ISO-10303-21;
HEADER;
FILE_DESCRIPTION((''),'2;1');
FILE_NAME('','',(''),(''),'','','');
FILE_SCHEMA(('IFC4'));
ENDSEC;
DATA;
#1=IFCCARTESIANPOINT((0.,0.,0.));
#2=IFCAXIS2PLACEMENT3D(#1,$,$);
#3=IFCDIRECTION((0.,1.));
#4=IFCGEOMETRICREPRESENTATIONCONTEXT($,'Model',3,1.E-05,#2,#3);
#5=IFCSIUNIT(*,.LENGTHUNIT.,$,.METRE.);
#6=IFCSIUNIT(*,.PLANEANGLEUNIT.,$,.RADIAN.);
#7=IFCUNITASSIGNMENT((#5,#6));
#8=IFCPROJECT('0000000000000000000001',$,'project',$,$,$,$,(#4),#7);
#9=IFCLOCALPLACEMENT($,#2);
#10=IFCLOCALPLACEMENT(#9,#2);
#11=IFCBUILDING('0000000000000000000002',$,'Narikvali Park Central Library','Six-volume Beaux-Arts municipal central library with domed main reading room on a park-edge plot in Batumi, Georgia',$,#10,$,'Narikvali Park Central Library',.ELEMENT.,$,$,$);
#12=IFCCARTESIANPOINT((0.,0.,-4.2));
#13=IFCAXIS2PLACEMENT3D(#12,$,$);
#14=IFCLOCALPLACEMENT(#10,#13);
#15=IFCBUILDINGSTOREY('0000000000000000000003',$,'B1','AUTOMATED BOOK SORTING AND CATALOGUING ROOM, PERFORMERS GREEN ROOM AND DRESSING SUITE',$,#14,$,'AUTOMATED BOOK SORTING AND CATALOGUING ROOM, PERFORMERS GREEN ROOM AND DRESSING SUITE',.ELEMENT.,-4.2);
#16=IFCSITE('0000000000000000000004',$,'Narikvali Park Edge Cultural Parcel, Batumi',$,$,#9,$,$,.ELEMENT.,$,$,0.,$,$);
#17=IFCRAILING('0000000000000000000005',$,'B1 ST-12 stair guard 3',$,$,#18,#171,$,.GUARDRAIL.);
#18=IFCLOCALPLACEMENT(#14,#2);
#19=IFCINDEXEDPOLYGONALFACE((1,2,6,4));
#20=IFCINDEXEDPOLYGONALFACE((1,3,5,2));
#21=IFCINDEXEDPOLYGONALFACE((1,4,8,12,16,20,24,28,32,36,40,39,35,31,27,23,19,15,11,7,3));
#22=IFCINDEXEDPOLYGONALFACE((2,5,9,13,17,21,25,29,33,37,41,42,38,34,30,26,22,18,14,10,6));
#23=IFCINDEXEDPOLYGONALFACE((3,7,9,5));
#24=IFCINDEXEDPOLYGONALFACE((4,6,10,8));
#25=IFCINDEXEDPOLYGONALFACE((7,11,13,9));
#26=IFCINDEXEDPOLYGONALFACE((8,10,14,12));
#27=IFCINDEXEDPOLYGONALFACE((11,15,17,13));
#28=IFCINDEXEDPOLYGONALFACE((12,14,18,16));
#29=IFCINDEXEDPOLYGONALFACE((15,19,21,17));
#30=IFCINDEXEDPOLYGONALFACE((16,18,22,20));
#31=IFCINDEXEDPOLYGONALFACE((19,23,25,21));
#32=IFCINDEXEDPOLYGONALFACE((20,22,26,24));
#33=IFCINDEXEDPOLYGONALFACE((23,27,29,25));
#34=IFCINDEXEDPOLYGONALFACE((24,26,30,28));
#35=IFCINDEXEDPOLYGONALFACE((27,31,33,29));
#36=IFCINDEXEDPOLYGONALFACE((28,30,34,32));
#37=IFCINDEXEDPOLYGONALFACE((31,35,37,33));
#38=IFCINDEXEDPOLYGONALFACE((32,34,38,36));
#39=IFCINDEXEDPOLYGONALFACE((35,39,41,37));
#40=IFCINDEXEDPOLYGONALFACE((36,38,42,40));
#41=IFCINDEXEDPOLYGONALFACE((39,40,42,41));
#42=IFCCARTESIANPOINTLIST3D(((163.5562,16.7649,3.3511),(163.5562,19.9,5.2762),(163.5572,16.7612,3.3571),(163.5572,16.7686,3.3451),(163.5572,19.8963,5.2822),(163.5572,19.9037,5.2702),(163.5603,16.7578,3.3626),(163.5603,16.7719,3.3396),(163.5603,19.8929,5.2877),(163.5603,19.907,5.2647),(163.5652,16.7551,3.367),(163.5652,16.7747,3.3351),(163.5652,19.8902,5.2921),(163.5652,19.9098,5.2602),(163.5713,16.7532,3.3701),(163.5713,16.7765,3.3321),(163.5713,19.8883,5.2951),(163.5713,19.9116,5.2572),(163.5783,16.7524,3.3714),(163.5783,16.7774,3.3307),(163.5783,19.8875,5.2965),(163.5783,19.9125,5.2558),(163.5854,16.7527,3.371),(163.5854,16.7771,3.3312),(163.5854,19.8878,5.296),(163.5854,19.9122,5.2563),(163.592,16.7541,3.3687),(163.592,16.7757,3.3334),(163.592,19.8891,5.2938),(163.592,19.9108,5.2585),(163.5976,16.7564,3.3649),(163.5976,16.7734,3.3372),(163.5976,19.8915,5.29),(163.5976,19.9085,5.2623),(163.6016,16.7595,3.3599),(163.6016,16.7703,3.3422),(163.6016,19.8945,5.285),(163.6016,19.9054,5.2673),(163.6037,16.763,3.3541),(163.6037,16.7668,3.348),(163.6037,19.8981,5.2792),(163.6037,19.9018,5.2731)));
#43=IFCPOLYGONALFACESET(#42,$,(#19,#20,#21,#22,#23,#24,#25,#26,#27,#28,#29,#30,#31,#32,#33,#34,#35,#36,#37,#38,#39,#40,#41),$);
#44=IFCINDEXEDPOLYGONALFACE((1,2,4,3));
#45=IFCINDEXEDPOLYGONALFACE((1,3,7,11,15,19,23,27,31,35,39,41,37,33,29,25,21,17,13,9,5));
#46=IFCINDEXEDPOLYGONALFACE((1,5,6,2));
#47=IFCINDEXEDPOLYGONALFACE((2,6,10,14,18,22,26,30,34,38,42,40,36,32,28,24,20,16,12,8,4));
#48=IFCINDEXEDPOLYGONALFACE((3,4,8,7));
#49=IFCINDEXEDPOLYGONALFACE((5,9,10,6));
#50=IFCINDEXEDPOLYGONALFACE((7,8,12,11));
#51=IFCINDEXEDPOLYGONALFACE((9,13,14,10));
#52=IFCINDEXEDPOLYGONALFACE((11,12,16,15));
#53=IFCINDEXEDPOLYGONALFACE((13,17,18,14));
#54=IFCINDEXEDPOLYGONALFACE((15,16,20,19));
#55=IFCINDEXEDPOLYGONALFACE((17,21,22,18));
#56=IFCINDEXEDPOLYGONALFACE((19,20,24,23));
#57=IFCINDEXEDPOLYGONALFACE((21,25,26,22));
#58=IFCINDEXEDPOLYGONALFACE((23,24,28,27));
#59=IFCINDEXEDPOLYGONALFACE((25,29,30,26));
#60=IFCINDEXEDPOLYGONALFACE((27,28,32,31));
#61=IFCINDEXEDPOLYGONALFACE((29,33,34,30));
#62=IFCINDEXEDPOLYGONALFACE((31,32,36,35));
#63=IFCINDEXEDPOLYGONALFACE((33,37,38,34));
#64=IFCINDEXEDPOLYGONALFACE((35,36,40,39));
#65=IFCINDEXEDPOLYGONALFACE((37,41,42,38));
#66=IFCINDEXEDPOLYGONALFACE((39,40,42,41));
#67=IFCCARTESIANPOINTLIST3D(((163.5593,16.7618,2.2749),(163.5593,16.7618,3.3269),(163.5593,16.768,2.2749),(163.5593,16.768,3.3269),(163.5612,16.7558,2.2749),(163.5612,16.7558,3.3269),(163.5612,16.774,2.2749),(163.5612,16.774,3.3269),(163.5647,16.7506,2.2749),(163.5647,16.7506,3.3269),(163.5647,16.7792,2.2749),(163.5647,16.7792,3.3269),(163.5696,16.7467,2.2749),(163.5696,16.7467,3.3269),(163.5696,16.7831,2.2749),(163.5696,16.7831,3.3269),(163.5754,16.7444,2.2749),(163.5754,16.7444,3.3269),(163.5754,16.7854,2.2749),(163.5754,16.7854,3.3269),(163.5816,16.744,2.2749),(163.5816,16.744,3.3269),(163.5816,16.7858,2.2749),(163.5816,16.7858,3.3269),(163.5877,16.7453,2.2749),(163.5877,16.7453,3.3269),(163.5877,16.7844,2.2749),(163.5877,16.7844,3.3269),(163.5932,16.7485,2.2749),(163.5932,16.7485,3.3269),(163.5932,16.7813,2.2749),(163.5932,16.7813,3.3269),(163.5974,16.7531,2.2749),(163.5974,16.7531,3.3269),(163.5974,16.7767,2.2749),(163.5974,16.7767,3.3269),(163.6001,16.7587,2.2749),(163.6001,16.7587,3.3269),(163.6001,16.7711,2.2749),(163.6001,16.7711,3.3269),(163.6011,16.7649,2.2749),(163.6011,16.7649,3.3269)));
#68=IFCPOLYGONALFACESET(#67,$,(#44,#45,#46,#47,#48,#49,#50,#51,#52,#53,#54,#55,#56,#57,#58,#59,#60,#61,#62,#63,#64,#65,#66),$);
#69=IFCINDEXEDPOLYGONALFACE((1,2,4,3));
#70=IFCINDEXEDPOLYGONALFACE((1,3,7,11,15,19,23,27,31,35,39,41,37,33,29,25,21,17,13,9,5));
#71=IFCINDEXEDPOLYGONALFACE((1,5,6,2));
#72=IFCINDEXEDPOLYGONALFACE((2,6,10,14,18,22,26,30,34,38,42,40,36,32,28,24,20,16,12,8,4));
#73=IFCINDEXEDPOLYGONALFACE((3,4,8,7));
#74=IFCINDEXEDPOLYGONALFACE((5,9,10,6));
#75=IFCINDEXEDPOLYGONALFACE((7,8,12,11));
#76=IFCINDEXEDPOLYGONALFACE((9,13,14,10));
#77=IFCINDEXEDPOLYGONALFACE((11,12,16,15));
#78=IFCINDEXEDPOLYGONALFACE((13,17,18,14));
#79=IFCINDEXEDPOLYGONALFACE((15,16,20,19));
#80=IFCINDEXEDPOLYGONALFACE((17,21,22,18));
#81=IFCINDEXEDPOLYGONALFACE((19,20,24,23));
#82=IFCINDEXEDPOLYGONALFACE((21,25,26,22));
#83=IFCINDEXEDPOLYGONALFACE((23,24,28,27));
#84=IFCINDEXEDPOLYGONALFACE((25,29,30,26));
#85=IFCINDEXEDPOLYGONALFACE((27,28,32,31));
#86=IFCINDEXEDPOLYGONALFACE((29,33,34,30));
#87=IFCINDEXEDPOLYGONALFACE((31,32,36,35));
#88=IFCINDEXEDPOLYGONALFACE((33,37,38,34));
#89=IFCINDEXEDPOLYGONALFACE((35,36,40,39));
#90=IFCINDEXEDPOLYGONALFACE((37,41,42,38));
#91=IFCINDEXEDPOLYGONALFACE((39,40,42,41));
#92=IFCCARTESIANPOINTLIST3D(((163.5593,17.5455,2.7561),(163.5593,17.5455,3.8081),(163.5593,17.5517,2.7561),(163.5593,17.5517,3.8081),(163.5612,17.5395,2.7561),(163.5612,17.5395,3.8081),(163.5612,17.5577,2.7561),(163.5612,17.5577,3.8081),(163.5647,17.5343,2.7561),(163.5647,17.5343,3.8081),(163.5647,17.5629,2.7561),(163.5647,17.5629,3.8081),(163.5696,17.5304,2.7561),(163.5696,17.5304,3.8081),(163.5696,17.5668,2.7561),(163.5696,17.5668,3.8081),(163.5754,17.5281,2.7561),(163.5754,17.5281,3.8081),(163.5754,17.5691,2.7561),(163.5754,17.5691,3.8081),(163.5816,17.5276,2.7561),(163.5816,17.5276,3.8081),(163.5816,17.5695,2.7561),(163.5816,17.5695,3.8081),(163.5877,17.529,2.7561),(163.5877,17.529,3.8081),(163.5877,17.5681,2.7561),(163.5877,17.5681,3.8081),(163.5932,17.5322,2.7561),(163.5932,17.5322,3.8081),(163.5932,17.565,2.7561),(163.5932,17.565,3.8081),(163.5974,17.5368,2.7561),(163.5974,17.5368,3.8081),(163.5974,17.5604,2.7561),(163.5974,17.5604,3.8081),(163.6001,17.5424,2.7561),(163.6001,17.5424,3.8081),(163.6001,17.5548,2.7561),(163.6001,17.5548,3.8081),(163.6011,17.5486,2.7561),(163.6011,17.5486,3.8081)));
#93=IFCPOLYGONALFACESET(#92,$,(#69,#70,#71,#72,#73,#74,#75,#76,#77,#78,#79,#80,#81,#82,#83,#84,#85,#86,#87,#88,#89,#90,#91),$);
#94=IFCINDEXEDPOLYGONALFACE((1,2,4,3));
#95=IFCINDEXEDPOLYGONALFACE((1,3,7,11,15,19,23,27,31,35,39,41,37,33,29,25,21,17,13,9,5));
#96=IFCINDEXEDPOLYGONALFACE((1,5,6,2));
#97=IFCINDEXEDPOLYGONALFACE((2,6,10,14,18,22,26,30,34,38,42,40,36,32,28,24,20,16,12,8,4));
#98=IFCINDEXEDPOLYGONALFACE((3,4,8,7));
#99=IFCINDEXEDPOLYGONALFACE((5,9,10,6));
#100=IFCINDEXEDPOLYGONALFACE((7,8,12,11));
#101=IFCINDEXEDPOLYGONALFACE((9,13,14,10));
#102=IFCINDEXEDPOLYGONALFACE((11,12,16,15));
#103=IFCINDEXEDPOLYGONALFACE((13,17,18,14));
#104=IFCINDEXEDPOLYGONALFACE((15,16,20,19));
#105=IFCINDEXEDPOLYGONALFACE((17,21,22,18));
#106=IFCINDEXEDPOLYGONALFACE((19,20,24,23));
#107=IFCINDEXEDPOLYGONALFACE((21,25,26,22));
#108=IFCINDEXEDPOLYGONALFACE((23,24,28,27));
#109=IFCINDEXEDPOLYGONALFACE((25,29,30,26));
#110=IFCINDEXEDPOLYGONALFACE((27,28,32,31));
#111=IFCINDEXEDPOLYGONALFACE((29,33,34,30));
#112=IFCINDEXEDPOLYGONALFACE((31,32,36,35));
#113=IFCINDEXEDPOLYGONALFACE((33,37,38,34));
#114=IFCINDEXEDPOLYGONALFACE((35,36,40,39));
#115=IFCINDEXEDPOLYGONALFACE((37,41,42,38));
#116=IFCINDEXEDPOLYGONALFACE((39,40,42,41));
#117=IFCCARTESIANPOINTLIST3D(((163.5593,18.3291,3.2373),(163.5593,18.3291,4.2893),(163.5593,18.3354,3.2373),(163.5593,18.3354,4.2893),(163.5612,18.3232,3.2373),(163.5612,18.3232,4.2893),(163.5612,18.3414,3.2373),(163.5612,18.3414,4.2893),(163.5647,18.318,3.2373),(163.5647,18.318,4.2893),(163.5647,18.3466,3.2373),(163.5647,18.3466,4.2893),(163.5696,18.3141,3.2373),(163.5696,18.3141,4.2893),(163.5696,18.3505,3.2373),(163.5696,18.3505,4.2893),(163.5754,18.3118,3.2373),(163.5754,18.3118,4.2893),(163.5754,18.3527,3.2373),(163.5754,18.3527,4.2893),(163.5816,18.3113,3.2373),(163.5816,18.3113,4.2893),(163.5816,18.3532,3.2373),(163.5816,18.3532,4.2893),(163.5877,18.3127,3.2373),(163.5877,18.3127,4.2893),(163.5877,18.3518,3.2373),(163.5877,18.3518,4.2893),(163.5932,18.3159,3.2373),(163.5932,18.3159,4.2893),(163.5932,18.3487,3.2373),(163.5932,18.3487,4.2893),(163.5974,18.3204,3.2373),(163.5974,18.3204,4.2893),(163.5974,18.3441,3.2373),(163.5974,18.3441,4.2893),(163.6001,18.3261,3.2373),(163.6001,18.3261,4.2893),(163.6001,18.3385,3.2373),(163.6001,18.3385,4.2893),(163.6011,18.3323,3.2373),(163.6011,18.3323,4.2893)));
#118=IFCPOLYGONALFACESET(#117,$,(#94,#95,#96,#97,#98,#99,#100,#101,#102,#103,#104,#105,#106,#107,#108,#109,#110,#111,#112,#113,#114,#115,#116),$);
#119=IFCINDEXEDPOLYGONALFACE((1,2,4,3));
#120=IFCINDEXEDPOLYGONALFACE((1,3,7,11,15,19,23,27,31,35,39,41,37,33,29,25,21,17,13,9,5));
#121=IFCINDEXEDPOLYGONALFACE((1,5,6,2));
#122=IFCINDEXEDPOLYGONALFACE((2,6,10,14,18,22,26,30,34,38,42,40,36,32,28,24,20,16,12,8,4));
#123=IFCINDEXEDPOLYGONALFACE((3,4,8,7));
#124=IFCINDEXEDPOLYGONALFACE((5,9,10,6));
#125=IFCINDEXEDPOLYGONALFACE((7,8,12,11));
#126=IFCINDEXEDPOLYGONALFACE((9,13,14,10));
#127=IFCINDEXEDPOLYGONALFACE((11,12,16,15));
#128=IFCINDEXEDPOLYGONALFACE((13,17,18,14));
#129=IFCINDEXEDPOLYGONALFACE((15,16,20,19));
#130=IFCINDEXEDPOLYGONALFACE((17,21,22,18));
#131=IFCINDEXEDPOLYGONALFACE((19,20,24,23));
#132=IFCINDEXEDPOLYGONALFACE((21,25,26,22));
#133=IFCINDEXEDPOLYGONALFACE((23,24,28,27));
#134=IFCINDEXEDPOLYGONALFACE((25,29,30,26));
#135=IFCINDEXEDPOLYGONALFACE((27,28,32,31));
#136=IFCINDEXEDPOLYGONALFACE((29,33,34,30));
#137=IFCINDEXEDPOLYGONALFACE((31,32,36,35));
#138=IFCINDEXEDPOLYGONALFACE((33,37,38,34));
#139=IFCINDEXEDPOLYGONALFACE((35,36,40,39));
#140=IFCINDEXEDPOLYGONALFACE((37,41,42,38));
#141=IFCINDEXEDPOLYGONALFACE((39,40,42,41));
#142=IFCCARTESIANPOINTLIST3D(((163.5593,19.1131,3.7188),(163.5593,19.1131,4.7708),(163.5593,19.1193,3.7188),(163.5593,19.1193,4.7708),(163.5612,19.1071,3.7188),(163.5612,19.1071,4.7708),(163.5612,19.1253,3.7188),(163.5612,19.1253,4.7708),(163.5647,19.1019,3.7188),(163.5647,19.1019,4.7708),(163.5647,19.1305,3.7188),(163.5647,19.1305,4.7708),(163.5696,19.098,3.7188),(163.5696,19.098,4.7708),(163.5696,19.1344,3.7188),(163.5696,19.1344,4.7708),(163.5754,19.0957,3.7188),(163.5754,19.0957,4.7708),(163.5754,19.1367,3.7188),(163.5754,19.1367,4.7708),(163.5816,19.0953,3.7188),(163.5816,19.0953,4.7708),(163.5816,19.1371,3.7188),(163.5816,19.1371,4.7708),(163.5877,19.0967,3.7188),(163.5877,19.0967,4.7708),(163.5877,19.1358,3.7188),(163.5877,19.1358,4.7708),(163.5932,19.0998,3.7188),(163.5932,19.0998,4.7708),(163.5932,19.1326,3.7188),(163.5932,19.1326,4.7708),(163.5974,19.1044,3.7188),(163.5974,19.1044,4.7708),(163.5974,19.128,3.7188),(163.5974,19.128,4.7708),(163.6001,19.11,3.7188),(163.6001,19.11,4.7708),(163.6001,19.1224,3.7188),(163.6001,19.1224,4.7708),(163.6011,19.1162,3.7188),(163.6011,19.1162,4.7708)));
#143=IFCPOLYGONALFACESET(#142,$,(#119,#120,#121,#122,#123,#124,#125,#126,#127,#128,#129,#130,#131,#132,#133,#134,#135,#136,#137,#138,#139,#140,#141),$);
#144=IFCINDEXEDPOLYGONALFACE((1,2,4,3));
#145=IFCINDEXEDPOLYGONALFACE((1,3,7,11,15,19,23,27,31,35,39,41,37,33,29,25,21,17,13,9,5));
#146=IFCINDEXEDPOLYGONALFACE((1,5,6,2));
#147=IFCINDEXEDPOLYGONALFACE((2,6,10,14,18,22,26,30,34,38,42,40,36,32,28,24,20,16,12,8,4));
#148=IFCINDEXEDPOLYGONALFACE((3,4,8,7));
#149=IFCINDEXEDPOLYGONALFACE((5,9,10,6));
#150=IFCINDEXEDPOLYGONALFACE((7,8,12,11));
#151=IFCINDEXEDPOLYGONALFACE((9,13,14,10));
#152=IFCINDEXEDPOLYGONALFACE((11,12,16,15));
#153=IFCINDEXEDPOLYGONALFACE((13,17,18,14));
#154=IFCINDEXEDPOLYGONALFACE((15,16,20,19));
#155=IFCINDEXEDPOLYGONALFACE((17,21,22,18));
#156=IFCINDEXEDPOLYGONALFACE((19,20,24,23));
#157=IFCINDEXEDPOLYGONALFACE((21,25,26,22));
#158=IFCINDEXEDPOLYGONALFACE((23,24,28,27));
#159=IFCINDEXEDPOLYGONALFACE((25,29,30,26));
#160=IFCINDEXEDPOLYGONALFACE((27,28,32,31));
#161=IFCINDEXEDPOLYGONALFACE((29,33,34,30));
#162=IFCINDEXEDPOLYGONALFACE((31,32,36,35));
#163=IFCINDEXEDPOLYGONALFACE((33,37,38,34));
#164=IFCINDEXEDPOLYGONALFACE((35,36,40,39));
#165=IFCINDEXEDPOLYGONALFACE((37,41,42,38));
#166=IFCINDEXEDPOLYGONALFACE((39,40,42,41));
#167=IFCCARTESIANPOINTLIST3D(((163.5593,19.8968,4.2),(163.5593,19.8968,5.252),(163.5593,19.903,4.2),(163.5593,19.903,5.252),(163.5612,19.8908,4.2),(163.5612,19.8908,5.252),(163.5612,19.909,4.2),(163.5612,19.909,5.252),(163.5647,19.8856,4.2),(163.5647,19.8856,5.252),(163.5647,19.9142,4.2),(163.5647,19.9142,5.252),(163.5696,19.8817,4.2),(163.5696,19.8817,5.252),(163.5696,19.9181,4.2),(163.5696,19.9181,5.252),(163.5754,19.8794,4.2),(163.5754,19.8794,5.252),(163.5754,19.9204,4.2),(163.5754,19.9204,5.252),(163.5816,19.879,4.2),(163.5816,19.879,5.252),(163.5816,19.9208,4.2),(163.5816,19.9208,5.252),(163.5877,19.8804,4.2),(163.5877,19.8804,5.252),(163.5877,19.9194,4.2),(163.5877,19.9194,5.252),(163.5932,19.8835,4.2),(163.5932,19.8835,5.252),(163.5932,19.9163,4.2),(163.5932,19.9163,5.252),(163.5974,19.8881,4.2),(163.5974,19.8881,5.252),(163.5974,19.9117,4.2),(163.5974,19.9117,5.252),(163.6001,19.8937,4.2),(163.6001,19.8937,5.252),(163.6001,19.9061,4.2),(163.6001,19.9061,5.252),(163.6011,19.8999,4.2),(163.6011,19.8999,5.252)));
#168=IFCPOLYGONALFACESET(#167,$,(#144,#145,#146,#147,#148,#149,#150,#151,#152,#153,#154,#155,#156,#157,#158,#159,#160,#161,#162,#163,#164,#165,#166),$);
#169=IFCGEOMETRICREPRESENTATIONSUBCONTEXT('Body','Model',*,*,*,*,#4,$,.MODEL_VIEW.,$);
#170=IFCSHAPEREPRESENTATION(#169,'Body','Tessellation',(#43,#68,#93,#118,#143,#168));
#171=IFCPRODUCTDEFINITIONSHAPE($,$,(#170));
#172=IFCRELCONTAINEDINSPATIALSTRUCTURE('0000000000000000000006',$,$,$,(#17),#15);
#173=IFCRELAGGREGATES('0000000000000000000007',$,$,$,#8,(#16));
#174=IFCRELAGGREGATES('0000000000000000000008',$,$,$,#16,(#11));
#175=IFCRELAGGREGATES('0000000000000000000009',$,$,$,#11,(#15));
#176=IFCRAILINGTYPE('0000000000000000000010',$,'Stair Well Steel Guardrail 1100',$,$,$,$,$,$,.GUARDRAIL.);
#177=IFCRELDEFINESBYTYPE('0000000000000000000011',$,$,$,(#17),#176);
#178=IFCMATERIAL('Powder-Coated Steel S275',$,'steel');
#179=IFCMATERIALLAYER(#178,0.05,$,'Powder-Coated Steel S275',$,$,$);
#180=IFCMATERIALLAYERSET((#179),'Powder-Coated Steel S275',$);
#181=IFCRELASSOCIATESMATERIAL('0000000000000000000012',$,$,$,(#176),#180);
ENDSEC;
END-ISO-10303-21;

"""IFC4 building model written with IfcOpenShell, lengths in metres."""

from ifc_helpers import new_model, si_unit, direction, frame, origin, origin_2d, place, context, subcontext, project, spatial, circle, extrude, material, layer, layer_set, type_object, element, save


model = new_model("IFC4")

# Units and contexts
model_context = context("Model", 3, precision=1e-05, world=origin(), true_north=direction((0.0, 1.0)))
body_context = subcontext(model_context, "Body", "Model", "MODEL_VIEW")
ifc_project = project(units=[si_unit("LENGTHUNIT", "METRE"), si_unit("PLANEANGLEUNIT", "RADIAN")], contexts=[model_context])

# Site, building, storey
site_placement = place(None, origin())
site = spatial("IfcSite", under=ifc_project, at=site_placement, Name="Narikvali Park Edge Cultural Parcel, Batumi", CompositionType="ELEMENT", RefElevation=0.0)
building_placement = place(site_placement, origin())
building = spatial("IfcBuilding", under=site, at=building_placement, Name="Narikvali Park Central Library", Description="Six-volume Beaux-Arts municipal central library with domed main reading room on a park-edge plot in Batumi, Georgia", LongName="Narikvali Park Central Library", CompositionType="ELEMENT")
storey_placement = place(building_placement, frame((0.0, 0.0, -4.2)))
storey = spatial("IfcBuildingStorey", under=building, at=storey_placement, Name="B1", Description="AUTOMATED BOOK SORTING AND CATALOGUING ROOM, PERFORMERS GREEN ROOM AND DRESSING SUITE", LongName="AUTOMATED BOOK SORTING AND CATALOGUING ROOM, PERFORMERS GREEN ROOM AND DRESSING SUITE", CompositionType="ELEMENT", Elevation=-4.2)

# Railing
ifc_material_1 = material(Name="Powder-Coated Steel S275", Category="steel")
ifc_layer_1 = layer(ifc_material_1, 0.05, Name="Powder-Coated Steel S275")
ifc_layer_set_1 = layer_set([ifc_layer_1], Name="Powder-Coated Steel S275")
railing_type_1 = type_object("IfcRailingType", Name="Stair Well Steel Guardrail 1100", PredefinedType="GUARDRAIL", material=ifc_layer_set_1)
railing_1_placement = place(storey_placement, frame((163.5801, 16.7649, 2.2749)))
element("IfcRailing", 1, at=railing_1_placement, inside=storey, type_object=railing_type_1, Name="B1 ST-12 stair guard 3", PredefinedType="GUARDRAIL", context=body_context, shape_type="SweptSolid", body=[
    extrude(circle(Radius=0.0239, at=origin_2d()), frame((0.0, 0.0, 1.0762), z_axis=(0.0, 0.852166, 0.523271), x_axis=(-1.0, 0.0, 0.0)), (0.0, 0.0, 1.0), 3.679),
    extrude(circle(Radius=0.021, at=origin_2d()), origin(), (0.0, 0.0, 1.0), 1.052),
    extrude(circle(Radius=0.021, at=origin_2d()), frame((0.0, 0.7837, 0.4812)), (0.0, 0.0, 1.0), 1.052),
    extrude(circle(Radius=0.021, at=origin_2d()), frame((0.0, 1.5674, 0.9624)), (0.0, 0.0, 1.0), 1.052),
    extrude(circle(Radius=0.021, at=origin_2d()), frame((0.0, 2.3513, 1.4438)), (0.0, 0.0, 1.0), 1.052),
    extrude(circle(Radius=0.021, at=origin_2d()), frame((0.0, 3.135, 1.925)), (0.0, 0.0, 1.0), 1.052),
])

save(model, "model.ifc")
